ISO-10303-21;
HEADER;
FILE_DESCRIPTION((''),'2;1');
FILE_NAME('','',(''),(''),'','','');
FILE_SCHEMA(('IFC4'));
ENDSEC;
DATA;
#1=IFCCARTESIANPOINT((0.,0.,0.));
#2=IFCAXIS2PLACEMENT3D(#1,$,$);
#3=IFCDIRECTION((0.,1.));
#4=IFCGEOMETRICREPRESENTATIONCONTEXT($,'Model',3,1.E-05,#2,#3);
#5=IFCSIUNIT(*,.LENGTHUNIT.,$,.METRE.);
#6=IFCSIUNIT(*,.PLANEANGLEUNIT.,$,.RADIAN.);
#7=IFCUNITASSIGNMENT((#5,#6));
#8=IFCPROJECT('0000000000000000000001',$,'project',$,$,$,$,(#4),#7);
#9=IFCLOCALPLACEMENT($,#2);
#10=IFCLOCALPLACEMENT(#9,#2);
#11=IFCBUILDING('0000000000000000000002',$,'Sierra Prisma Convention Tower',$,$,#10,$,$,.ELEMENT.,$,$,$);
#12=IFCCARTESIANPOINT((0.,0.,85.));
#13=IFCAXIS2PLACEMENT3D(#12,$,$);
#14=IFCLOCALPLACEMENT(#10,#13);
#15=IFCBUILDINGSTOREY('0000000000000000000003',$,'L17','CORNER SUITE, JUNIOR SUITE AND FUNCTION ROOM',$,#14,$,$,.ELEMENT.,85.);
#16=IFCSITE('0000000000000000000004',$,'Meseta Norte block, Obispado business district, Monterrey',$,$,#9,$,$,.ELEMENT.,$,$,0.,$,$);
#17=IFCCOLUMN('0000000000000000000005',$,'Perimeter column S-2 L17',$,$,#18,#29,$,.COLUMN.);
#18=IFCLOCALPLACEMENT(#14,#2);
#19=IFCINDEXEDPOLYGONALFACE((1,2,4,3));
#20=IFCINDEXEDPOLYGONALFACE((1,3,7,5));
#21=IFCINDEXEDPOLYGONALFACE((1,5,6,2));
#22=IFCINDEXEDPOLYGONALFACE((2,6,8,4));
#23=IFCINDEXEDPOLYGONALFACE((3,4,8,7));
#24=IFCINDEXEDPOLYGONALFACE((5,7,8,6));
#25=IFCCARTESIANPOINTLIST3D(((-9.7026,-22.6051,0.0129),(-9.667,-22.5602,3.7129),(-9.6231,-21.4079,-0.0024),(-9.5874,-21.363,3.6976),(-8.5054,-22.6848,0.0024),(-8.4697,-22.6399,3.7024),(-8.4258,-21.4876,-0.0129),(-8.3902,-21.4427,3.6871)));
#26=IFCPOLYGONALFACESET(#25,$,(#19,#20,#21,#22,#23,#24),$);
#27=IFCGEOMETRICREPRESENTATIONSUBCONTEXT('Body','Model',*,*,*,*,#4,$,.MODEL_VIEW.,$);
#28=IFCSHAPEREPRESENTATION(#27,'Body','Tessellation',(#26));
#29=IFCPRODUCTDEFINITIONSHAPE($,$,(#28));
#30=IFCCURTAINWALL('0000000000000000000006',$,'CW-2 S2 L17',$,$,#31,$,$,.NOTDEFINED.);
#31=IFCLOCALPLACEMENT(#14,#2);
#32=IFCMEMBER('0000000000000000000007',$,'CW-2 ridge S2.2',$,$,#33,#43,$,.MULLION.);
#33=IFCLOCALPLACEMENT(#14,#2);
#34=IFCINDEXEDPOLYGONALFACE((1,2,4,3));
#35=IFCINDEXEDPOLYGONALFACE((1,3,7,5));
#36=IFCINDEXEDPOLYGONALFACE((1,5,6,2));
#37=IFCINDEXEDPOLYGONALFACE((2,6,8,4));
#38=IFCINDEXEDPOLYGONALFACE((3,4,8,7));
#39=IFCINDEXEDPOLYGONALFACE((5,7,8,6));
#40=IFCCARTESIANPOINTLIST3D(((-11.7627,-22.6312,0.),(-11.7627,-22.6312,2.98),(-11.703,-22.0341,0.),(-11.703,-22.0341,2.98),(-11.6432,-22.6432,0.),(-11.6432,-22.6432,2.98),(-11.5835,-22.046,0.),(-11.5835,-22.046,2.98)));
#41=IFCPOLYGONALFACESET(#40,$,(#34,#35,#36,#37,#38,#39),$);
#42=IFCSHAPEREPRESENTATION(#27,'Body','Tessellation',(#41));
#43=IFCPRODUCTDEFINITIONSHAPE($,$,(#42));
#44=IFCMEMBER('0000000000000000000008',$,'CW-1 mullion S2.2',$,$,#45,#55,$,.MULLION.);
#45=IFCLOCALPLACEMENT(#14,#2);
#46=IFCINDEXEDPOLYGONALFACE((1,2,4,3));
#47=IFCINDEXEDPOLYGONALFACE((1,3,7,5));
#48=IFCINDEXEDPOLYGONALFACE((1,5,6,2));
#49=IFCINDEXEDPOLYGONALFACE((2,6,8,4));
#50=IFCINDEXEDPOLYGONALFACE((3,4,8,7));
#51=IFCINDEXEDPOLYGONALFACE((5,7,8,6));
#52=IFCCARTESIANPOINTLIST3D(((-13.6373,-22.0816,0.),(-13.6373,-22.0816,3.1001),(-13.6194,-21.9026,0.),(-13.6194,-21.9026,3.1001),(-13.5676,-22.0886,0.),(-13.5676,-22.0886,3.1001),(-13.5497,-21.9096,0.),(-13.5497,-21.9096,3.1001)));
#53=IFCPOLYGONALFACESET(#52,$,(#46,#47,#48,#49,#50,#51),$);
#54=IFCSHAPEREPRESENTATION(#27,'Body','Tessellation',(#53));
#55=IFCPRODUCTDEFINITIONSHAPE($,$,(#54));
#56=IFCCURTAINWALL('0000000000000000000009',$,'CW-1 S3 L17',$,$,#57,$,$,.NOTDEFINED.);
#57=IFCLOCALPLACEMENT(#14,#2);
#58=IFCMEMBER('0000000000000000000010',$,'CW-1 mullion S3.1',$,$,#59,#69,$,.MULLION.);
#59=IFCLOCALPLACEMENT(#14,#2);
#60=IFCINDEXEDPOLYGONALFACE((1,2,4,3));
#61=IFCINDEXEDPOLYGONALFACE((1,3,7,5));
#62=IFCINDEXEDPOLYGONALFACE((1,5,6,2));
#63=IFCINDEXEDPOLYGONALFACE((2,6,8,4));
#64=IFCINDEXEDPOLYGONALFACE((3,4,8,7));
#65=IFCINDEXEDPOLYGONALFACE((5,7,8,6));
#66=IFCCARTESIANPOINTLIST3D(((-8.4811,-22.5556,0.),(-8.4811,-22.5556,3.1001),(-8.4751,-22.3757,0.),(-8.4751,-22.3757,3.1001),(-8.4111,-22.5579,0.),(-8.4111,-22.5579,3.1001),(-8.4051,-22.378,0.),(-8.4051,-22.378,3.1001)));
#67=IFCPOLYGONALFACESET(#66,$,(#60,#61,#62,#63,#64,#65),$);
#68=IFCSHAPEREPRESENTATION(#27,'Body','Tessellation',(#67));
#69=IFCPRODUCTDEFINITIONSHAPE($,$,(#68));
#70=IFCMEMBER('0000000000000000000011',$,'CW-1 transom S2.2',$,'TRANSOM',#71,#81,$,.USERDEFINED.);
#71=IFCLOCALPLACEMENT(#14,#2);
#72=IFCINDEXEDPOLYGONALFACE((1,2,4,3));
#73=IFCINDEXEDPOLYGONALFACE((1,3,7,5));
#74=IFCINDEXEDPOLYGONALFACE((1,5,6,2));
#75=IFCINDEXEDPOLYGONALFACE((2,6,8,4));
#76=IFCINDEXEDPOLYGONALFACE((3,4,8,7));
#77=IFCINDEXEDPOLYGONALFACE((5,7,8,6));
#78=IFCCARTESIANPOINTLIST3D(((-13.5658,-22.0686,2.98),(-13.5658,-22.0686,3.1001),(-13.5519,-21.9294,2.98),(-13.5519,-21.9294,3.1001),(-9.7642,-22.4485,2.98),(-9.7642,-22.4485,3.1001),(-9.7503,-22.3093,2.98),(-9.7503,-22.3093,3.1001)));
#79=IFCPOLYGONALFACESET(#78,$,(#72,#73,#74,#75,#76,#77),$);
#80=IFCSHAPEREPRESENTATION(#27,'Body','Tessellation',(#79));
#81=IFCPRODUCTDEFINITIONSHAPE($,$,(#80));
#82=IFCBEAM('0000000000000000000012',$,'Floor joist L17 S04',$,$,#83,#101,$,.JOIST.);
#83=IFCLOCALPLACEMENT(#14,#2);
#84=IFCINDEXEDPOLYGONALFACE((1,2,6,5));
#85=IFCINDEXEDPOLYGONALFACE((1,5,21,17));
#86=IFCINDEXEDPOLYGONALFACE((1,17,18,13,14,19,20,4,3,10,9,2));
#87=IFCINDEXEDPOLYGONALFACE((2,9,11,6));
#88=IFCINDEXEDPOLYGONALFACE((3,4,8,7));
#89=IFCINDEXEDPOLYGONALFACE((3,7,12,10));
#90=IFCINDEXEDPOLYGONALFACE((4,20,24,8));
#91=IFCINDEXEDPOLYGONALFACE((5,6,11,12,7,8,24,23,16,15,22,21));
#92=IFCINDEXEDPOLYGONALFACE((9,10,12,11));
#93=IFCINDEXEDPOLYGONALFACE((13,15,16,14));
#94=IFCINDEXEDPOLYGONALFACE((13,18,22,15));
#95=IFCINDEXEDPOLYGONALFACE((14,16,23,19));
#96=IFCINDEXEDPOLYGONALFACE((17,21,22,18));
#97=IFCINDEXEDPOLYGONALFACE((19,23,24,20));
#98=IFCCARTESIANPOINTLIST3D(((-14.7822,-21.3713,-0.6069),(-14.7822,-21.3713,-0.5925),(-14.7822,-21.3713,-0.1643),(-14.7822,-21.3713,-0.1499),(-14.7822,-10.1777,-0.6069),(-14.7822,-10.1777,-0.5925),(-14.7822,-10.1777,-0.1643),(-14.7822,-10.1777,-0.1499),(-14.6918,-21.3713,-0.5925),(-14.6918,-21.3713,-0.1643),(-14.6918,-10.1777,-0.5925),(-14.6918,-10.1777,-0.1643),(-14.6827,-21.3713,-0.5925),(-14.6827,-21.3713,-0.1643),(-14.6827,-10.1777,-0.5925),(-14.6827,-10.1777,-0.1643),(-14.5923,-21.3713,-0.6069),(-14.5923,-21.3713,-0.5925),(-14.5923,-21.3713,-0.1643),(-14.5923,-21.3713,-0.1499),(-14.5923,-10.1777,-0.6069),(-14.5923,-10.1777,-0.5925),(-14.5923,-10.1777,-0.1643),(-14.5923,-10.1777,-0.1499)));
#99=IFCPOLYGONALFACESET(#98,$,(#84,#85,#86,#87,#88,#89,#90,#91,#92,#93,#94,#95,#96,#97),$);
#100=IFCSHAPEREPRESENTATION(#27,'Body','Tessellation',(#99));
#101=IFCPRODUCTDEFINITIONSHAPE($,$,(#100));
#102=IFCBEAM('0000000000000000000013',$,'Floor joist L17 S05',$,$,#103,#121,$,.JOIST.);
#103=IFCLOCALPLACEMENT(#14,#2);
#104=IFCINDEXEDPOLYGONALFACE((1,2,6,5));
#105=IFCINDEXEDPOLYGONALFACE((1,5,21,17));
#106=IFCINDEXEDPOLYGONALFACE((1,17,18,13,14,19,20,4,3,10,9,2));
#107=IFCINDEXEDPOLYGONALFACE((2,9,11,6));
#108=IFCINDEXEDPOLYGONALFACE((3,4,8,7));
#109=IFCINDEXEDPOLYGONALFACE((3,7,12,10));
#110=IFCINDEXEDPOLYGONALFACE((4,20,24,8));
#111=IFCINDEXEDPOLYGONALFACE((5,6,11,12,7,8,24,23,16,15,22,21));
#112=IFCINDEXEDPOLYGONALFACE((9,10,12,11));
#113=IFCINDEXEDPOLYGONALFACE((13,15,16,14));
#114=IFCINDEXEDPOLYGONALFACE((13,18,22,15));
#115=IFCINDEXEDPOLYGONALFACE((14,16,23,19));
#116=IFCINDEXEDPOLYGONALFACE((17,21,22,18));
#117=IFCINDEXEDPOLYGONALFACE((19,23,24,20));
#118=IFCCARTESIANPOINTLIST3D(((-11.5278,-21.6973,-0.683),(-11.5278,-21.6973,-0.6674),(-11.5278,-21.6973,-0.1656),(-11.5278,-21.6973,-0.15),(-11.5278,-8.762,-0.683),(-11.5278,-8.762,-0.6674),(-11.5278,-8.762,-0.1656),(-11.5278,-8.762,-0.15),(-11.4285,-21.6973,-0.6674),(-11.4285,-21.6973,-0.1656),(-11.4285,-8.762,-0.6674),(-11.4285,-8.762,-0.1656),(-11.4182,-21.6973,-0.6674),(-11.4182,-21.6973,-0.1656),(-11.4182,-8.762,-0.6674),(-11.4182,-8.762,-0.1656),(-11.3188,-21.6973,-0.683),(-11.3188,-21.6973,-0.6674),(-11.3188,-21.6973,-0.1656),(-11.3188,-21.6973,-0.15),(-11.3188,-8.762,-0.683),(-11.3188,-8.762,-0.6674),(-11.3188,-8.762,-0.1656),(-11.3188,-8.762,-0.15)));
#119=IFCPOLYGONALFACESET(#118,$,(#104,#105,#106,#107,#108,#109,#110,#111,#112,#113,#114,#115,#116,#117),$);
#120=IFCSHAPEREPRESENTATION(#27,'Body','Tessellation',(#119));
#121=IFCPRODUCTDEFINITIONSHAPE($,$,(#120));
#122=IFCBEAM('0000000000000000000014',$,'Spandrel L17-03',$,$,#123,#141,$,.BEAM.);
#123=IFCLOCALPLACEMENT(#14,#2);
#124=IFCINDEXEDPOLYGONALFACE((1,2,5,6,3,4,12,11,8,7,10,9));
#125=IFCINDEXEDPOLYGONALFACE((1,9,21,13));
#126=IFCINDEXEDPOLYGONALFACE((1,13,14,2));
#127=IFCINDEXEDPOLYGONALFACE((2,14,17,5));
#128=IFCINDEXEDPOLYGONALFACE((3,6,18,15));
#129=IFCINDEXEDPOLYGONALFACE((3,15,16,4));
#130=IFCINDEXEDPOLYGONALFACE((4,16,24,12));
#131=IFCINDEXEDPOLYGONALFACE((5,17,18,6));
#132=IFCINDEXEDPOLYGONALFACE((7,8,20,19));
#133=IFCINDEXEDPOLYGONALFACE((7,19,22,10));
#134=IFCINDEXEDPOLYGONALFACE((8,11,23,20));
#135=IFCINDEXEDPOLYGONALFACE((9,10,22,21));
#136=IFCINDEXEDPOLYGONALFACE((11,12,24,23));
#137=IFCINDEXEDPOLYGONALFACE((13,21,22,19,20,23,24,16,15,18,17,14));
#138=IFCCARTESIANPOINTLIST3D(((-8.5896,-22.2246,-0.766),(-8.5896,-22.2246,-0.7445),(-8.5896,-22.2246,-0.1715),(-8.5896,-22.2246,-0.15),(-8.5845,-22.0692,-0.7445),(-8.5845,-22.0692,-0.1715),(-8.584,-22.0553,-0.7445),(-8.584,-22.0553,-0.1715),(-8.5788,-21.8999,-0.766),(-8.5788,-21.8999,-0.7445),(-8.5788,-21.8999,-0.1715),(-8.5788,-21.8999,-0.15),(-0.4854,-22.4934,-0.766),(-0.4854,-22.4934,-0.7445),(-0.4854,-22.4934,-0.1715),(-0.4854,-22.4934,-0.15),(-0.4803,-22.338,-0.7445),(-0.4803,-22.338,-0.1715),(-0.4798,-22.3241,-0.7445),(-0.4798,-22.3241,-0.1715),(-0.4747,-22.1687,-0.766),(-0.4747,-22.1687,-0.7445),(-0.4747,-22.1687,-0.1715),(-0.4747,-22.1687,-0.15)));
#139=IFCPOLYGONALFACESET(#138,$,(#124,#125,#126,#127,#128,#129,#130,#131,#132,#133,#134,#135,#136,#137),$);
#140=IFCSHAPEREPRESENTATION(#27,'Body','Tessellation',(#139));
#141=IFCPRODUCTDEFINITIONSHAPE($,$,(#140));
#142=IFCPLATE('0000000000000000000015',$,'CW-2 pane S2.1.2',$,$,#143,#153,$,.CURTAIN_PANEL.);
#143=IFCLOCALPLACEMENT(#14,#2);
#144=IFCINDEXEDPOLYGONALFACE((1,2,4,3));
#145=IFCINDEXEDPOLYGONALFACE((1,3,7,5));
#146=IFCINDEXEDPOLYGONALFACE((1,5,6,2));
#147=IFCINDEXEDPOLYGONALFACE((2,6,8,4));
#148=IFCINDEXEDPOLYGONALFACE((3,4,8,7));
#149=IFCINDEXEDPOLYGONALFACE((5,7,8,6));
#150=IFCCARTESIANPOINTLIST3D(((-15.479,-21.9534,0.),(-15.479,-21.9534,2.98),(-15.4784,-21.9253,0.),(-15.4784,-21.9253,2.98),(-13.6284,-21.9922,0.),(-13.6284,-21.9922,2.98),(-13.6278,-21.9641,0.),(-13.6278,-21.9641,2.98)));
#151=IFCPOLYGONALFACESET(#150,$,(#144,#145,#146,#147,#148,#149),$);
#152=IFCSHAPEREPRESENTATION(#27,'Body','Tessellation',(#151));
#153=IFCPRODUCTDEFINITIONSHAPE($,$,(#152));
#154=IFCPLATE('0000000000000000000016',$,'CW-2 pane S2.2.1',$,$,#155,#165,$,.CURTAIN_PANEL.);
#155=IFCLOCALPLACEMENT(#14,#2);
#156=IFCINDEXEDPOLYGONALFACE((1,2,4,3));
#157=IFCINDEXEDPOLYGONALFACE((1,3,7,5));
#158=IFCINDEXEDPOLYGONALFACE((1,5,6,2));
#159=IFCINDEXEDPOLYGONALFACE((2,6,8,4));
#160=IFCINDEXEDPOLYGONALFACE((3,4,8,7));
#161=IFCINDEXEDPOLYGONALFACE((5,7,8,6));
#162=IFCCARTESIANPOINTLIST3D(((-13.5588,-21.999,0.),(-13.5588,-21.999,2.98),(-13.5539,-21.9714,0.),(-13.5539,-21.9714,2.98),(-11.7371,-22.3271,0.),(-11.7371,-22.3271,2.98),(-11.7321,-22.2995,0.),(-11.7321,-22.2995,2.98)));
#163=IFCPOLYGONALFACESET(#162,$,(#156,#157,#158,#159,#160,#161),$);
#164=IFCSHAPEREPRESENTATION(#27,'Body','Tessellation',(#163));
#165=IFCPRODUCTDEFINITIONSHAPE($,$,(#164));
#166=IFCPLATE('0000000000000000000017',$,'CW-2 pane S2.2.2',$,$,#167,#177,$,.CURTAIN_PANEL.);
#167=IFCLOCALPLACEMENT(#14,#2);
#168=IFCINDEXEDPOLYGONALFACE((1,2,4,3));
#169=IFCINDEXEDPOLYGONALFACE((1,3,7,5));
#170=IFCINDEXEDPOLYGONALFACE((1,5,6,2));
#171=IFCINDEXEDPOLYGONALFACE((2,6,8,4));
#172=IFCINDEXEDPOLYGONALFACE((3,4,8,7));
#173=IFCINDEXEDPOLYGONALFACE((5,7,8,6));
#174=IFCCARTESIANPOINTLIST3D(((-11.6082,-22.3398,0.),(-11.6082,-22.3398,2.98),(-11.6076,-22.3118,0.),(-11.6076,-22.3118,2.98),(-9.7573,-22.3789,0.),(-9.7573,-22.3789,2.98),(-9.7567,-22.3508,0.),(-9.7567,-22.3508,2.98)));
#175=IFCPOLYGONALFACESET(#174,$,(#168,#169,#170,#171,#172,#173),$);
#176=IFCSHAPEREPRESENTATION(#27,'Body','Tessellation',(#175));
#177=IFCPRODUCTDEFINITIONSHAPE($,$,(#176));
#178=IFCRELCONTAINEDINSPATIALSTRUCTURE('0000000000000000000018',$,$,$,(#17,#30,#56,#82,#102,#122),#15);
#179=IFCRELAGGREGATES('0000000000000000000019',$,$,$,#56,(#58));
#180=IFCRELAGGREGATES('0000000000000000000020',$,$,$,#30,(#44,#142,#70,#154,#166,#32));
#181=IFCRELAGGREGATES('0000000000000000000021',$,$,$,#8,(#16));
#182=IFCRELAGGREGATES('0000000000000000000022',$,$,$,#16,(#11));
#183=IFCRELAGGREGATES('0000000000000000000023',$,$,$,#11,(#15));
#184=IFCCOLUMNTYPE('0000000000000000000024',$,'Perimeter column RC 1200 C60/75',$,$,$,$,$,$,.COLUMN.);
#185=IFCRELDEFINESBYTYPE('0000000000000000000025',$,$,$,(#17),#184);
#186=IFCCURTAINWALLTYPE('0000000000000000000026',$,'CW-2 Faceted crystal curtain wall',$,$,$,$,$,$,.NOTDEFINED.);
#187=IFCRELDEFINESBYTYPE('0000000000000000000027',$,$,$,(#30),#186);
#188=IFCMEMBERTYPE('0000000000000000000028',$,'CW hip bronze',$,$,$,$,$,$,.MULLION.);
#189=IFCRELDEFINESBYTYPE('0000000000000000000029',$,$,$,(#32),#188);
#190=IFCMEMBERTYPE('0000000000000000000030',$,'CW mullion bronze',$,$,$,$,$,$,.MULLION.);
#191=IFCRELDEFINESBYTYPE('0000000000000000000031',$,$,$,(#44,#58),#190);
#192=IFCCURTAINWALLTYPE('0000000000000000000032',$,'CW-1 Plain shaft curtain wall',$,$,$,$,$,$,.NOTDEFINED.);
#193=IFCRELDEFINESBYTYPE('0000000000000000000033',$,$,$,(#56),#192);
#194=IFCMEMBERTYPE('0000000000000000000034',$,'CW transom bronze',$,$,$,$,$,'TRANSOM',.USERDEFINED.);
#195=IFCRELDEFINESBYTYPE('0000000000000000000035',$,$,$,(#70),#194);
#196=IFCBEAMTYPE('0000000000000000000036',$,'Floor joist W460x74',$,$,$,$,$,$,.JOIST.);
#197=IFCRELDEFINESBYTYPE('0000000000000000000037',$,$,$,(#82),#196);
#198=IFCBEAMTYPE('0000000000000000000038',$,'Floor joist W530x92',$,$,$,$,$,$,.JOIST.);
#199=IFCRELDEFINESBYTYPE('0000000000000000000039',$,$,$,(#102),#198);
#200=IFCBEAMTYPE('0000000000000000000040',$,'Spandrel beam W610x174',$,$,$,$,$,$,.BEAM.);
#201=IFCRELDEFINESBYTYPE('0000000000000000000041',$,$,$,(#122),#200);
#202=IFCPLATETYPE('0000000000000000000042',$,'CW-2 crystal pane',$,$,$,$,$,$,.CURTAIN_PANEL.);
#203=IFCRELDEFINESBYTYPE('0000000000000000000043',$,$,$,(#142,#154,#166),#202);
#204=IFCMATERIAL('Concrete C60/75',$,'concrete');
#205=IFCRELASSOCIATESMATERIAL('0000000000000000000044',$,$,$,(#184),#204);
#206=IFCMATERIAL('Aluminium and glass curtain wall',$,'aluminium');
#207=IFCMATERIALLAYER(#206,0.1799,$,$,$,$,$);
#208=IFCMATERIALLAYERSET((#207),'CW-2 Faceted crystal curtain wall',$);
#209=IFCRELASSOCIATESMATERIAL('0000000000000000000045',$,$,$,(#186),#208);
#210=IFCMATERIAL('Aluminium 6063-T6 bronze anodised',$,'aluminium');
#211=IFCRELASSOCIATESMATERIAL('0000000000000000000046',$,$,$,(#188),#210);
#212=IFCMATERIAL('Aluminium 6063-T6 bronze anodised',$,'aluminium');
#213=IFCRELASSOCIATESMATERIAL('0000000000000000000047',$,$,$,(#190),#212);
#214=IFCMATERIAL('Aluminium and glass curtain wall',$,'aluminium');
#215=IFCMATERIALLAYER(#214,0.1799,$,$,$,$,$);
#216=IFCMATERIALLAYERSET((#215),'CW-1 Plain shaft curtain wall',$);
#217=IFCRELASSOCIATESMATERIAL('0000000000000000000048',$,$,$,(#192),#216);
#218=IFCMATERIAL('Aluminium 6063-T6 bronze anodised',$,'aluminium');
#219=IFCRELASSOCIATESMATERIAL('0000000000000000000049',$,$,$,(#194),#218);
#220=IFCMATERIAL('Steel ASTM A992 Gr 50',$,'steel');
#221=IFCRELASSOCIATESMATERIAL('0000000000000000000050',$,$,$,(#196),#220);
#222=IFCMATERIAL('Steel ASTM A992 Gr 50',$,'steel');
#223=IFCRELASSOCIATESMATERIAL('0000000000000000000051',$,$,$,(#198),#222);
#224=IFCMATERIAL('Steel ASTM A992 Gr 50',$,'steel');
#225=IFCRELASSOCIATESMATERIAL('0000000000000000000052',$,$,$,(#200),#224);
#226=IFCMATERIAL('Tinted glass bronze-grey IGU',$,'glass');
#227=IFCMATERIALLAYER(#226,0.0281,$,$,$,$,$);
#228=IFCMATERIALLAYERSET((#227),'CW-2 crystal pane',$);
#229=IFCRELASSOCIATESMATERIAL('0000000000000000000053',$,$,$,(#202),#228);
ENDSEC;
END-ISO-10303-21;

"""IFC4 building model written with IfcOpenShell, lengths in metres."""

from ifc_helpers import new_model, si_unit, direction, frame, origin, origin_2d, place, context, subcontext, project, spatial, polyline, rectangle, i_section, outline, extrude, material, layer, layer_set, material_profile, profile_set, type_object, element, aggregate, save


model = new_model("IFC4")

# Units and contexts
model_context = context("Model", 3, precision=1e-05, world=origin(), true_north=direction((0.0, 1.0)))
body_context = subcontext(model_context, "Body", "Model", "MODEL_VIEW")
ifc_project = project(units=[si_unit("LENGTHUNIT", "METRE"), si_unit("PLANEANGLEUNIT", "RADIAN")], contexts=[model_context])

# Site, building, storey
site_placement = place(None, origin())
site = spatial("IfcSite", under=ifc_project, at=site_placement, Name="Meseta Norte block, Obispado business district, Monterrey", CompositionType="ELEMENT", RefElevation=0.0)
building_placement = place(site_placement, origin())
building = spatial("IfcBuilding", under=site, at=building_placement, Name="Sierra Prisma Convention Tower", CompositionType="ELEMENT")
storey_placement = place(building_placement, frame((0.0, 0.0, 85.0)))
storey = spatial("IfcBuildingStorey", under=building, at=storey_placement, Name="L17", Description="CORNER SUITE, JUNIOR SUITE AND FUNCTION ROOM", CompositionType="ELEMENT", Elevation=85.0)

# Column
ifc_material_1 = material(Name="Concrete C60/75", Category="concrete")
ifc_material_profile_1 = material_profile(ifc_material_1, rectangle(XDim=1.2, YDim=1.2, at=origin_2d()), Name="Perimeter column RC 1200 C60/75")
ifc_profile_set_1 = profile_set([ifc_material_profile_1], Name="Concrete C60/75")
column_type = type_object("IfcColumnType", Name="Perimeter column RC 1200 C60/75", PredefinedType="COLUMN", material=ifc_profile_set_1)
column_placement = place(storey_placement, frame((-9.0642, -22.0464, 0.0), z_axis=(0.009633, 0.01214, 0.99988), x_axis=(-0.997752, 0.066427, 0.008806)))
element("IfcColumn", 1, at=column_placement, inside=storey, type_object=column_type, Name="Perimeter column S-2 L17", PredefinedType="COLUMN", context=body_context, shape_type="SweptSolid", body=[
    extrude(rectangle(XDim=1.2, YDim=1.2, at=origin_2d()), origin(), (0.0, 0.0, 1.0), 3.7004),
])

# Curtain wall, members
ifc_material_2 = material(Name="Aluminium and glass curtain wall", Category="aluminium")
ifc_layer_1 = layer(ifc_material_2, 0.1799)
ifc_layer_set_1 = layer_set([ifc_layer_1], Name="CW-2 Faceted crystal curtain wall")
curtain_wall_type_1 = type_object("IfcCurtainWallType", Name="CW-2 Faceted crystal curtain wall", PredefinedType="NOTDEFINED", material=ifc_layer_set_1)
curtain_wall_1_placement = place(storey_placement, origin())
curtain_wall_1 = element("IfcCurtainWall", 2, at=curtain_wall_1_placement, inside=storey, type_object=curtain_wall_type_1, Name="CW-2 S2 L17", PredefinedType="NOTDEFINED")
ifc_material_3 = material(Name="Aluminium 6063-T6 bronze anodised", Category="aluminium")
ifc_material_profile_2 = material_profile(ifc_material_3, rectangle(XDim=0.1201, YDim=0.6001, at=origin_2d()), Name="ALU RIDGE BLADE 120x600")
ifc_profile_set_2 = profile_set([ifc_material_profile_2], Name="Aluminium 6063-T6 bronze anodised")
member_type_1 = type_object("IfcMemberType", Name="CW hip bronze", PredefinedType="MULLION", material=ifc_profile_set_2)
member_1_placement = place(storey_placement, frame((-11.6731, -22.3386, 0.0), z_axis=(0.0, 0.0, 1.0), x_axis=(0.995049, -0.099381, 0.0)))
member_1 = element("IfcMember", 3, at=member_1_placement, type_object=member_type_1, Name="CW-2 ridge S2.2", PredefinedType="MULLION", context=body_context, shape_type="SweptSolid", body=[
    extrude(rectangle(XDim=0.1201, YDim=0.6001, at=origin_2d()), origin(), (0.0, 0.0, 1.0), 2.98),
])
ifc_material_4 = material(Name="Aluminium 6063-T6 bronze anodised", Category="aluminium")
ifc_material_profile_3 = material_profile(ifc_material_4, rectangle(XDim=0.1799, YDim=0.0701, at=origin_2d()), Name="ALU MULLION 70x180")
ifc_profile_set_3 = profile_set([ifc_material_profile_3], Name="Aluminium 6063-T6 bronze anodised")
member_type_2 = type_object("IfcMemberType", Name="CW mullion bronze", PredefinedType="MULLION", material=ifc_profile_set_3)
member_2_placement = place(storey_placement, frame((-13.5935, -21.9956, 0.0), z_axis=(0.0, 0.0, 1.0), x_axis=(0.099381, 0.995049, 0.0)))
member_2 = element("IfcMember", 4, at=member_2_placement, type_object=member_type_2, Name="CW-1 mullion S2.2", PredefinedType="MULLION", context=body_context, shape_type="SweptSolid", body=[
    extrude(rectangle(XDim=0.1799, YDim=0.0701, at=origin_2d()), origin(), (0.0, 0.0, 1.0), 3.1001),
])

# Curtain wall, member
ifc_material_5 = material(Name="Aluminium and glass curtain wall", Category="aluminium")
ifc_layer_2 = layer(ifc_material_5, 0.1799)
ifc_layer_set_2 = layer_set([ifc_layer_2], Name="CW-1 Plain shaft curtain wall")
curtain_wall_type_2 = type_object("IfcCurtainWallType", Name="CW-1 Plain shaft curtain wall", PredefinedType="NOTDEFINED", material=ifc_layer_set_2)
curtain_wall_2_placement = place(storey_placement, origin())
curtain_wall_2 = element("IfcCurtainWall", 5, at=curtain_wall_2_placement, inside=storey, type_object=curtain_wall_type_2, Name="CW-1 S3 L17", PredefinedType="NOTDEFINED")
member_3_placement = place(storey_placement, frame((-8.4431, -22.4668, 0.0), z_axis=(0.0, 0.0, 1.0), x_axis=(0.033176, 0.99945, 0.0)))
member_3 = element("IfcMember", 6, at=member_3_placement, type_object=member_type_2, Name="CW-1 mullion S3.1", PredefinedType="MULLION", context=body_context, shape_type="SweptSolid", body=[
    extrude(rectangle(XDim=0.1799, YDim=0.0701, at=origin_2d()), origin(), (0.0, 0.0, 1.0), 3.1001),
])
aggregate(curtain_wall_2, [member_3])

# Member
ifc_material_6 = material(Name="Aluminium 6063-T6 bronze anodised", Category="aluminium")
ifc_material_profile_4 = material_profile(ifc_material_6, rectangle(XDim=0.1399, YDim=0.1201, at=origin_2d()), Name="ALU TRANSOM 120x140")
ifc_profile_set_4 = profile_set([ifc_material_profile_4], Name="Aluminium 6063-T6 bronze anodised")
member_type_3 = type_object("IfcMemberType", Name="CW transom bronze", ElementType="TRANSOM", PredefinedType="USERDEFINED", material=ifc_profile_set_4)
member_4_placement = place(storey_placement, frame((-13.5588, -21.999, 3.04), z_axis=(0.995044, -0.099434, 0.0), x_axis=(0.099434, 0.995044, 0.0)))
member_4 = element("IfcMember", 7, at=member_4_placement, type_object=member_type_3, Name="CW-1 transom S2.2", ObjectType="TRANSOM", PredefinedType="USERDEFINED", context=body_context, shape_type="SweptSolid", body=[
    extrude(rectangle(XDim=0.1399, YDim=0.1201, at=origin_2d()), origin(), (0.0, 0.0, 1.0), 3.8206),
])

# Beams
ifc_material_7 = material(Name="Steel ASTM A992 Gr 50", Category="steel")
ifc_material_profile_5 = material_profile(ifc_material_7, i_section(OverallWidth=0.1899, OverallDepth=0.457, WebThickness=0.009, FlangeThickness=0.0144, at=origin_2d()), Name="W460x74")
ifc_profile_set_5 = profile_set([ifc_material_profile_5], Name="Steel ASTM A992 Gr 50")
beam_type_1 = type_object("IfcBeamType", Name="Floor joist W460x74", PredefinedType="JOIST", material=ifc_profile_set_5)
beam_1_placement = place(storey_placement, frame((-14.6873, -21.3713, -0.3784), z_axis=(0.0, 1.0, 0.0), x_axis=(-1.0, 0.0, 0.0)))
element("IfcBeam", 8, at=beam_1_placement, inside=storey, type_object=beam_type_1, Name="Floor joist L17 S04", PredefinedType="JOIST", context=body_context, shape_type="SweptSolid", body=[
    extrude(i_section(OverallWidth=0.1899, OverallDepth=0.457, WebThickness=0.009, FlangeThickness=0.0144, at=origin_2d()), origin(), (0.0, 0.0, 1.0), 11.1936),
])
ifc_material_8 = material(Name="Steel ASTM A992 Gr 50", Category="steel")
ifc_material_profile_6 = material_profile(ifc_material_8, i_section(OverallWidth=0.209, OverallDepth=0.533, WebThickness=0.0103, FlangeThickness=0.0156, at=origin_2d()), Name="W530x92")
ifc_profile_set_6 = profile_set([ifc_material_profile_6], Name="Steel ASTM A992 Gr 50")
beam_type_2 = type_object("IfcBeamType", Name="Floor joist W530x92", PredefinedType="JOIST", material=ifc_profile_set_6)
beam_2_placement = place(storey_placement, frame((-11.4233, -21.6973, -0.4165), z_axis=(0.0, 1.0, 0.0), x_axis=(-1.0, 0.0, 0.0)))
element("IfcBeam", 9, at=beam_2_placement, inside=storey, type_object=beam_type_2, Name="Floor joist L17 S05", PredefinedType="JOIST", context=body_context, shape_type="SweptSolid", body=[
    extrude(i_section(OverallWidth=0.209, OverallDepth=0.533, WebThickness=0.0103, FlangeThickness=0.0156, at=origin_2d()), origin(), (0.0, 0.0, 1.0), 12.9353),
])
ifc_material_9 = material(Name="Steel ASTM A992 Gr 50", Category="steel")
ifc_material_profile_7 = material_profile(ifc_material_9, i_section(OverallWidth=0.325, OverallDepth=0.616, WebThickness=0.0139, FlangeThickness=0.0215, at=origin_2d()), Name="W610x174")
ifc_profile_set_7 = profile_set([ifc_material_profile_7], Name="Steel ASTM A992 Gr 50")
beam_type_3 = type_object("IfcBeamType", Name="Spandrel beam W610x174", PredefinedType="BEAM", material=ifc_profile_set_7)
beam_3_placement = place(storey_placement, frame((-8.5842, -22.0623, -0.458), z_axis=(0.99945, -0.033149, 0.0), x_axis=(0.033149, 0.99945, 0.0)))
element("IfcBeam", 10, at=beam_3_placement, inside=storey, type_object=beam_type_3, Name="Spandrel L17-03", PredefinedType="BEAM", context=body_context, shape_type="SweptSolid", body=[
    extrude(i_section(OverallWidth=0.325, OverallDepth=0.616, WebThickness=0.0139, FlangeThickness=0.0215, at=origin_2d()), origin(), (0.0, 0.0, 1.0), 8.1086),
])

# Plates
ifc_material_10 = material(Name="Tinted glass bronze-grey IGU", Category="glass")
ifc_layer_3 = layer(ifc_material_10, 0.0281)
ifc_layer_set_3 = layer_set([ifc_layer_3], Name="CW-2 crystal pane")
plate_type = type_object("IfcPlateType", Name="CW-2 crystal pane", PredefinedType="CURTAIN_PANEL", material=ifc_layer_set_3)
plate_1_placement = place(storey_placement, frame((-13.6284, -21.9922, 0.0), z_axis=(-0.020972, -0.99978, 0.0), x_axis=(-0.99978, 0.020972, 0.0)))
plate_1 = element("IfcPlate", 11, at=plate_1_placement, type_object=plate_type, Name="CW-2 pane S2.1.2", PredefinedType="CURTAIN_PANEL", context=body_context, shape_type="SweptSolid", body=[
    extrude(outline(polyline([(0.0, 0.0), (1.851, 0.0), (1.851, -2.98), (0.0, -2.98), (0.0, 0.0)])), origin(), (0.0, 0.0, -1.0), 0.0281),
])
plate_2_placement = place(storey_placement, frame((-13.5588, -21.999, 0.0), z_axis=(-0.17726, -0.984164, 0.0), x_axis=(0.984164, -0.17726, 0.0)))
plate_2 = element("IfcPlate", 12, at=plate_2_placement, type_object=plate_type, Name="CW-2 pane S2.2.1", PredefinedType="CURTAIN_PANEL", context=body_context, shape_type="SweptSolid", body=[
    extrude(outline(polyline([(0.0, 0.0), (1.8511, 0.0), (1.8511, 2.98), (0.0, 2.98), (0.0, 0.0)])), origin(), (0.0, 0.0, -1.0), 0.0281),
])
plate_3_placement = place(storey_placement, frame((-9.7573, -22.3789, 0.0), z_axis=(-0.021101, -0.999777, 0.0), x_axis=(-0.999777, 0.021101, 0.0)))
plate_3 = element("IfcPlate", 13, at=plate_3_placement, type_object=plate_type, Name="CW-2 pane S2.2.2", PredefinedType="CURTAIN_PANEL", context=body_context, shape_type="SweptSolid", body=[
    extrude(outline(polyline([(0.0, 0.0), (1.8512, 0.0), (1.8512, -2.98), (0.0, -2.98), (0.0, 0.0)])), origin(), (0.0, 0.0, -1.0), 0.0281),
])
aggregate(curtain_wall_1, [member_2, plate_1, member_4, plate_2, plate_3, member_1])

save(model, "model.ifc")
